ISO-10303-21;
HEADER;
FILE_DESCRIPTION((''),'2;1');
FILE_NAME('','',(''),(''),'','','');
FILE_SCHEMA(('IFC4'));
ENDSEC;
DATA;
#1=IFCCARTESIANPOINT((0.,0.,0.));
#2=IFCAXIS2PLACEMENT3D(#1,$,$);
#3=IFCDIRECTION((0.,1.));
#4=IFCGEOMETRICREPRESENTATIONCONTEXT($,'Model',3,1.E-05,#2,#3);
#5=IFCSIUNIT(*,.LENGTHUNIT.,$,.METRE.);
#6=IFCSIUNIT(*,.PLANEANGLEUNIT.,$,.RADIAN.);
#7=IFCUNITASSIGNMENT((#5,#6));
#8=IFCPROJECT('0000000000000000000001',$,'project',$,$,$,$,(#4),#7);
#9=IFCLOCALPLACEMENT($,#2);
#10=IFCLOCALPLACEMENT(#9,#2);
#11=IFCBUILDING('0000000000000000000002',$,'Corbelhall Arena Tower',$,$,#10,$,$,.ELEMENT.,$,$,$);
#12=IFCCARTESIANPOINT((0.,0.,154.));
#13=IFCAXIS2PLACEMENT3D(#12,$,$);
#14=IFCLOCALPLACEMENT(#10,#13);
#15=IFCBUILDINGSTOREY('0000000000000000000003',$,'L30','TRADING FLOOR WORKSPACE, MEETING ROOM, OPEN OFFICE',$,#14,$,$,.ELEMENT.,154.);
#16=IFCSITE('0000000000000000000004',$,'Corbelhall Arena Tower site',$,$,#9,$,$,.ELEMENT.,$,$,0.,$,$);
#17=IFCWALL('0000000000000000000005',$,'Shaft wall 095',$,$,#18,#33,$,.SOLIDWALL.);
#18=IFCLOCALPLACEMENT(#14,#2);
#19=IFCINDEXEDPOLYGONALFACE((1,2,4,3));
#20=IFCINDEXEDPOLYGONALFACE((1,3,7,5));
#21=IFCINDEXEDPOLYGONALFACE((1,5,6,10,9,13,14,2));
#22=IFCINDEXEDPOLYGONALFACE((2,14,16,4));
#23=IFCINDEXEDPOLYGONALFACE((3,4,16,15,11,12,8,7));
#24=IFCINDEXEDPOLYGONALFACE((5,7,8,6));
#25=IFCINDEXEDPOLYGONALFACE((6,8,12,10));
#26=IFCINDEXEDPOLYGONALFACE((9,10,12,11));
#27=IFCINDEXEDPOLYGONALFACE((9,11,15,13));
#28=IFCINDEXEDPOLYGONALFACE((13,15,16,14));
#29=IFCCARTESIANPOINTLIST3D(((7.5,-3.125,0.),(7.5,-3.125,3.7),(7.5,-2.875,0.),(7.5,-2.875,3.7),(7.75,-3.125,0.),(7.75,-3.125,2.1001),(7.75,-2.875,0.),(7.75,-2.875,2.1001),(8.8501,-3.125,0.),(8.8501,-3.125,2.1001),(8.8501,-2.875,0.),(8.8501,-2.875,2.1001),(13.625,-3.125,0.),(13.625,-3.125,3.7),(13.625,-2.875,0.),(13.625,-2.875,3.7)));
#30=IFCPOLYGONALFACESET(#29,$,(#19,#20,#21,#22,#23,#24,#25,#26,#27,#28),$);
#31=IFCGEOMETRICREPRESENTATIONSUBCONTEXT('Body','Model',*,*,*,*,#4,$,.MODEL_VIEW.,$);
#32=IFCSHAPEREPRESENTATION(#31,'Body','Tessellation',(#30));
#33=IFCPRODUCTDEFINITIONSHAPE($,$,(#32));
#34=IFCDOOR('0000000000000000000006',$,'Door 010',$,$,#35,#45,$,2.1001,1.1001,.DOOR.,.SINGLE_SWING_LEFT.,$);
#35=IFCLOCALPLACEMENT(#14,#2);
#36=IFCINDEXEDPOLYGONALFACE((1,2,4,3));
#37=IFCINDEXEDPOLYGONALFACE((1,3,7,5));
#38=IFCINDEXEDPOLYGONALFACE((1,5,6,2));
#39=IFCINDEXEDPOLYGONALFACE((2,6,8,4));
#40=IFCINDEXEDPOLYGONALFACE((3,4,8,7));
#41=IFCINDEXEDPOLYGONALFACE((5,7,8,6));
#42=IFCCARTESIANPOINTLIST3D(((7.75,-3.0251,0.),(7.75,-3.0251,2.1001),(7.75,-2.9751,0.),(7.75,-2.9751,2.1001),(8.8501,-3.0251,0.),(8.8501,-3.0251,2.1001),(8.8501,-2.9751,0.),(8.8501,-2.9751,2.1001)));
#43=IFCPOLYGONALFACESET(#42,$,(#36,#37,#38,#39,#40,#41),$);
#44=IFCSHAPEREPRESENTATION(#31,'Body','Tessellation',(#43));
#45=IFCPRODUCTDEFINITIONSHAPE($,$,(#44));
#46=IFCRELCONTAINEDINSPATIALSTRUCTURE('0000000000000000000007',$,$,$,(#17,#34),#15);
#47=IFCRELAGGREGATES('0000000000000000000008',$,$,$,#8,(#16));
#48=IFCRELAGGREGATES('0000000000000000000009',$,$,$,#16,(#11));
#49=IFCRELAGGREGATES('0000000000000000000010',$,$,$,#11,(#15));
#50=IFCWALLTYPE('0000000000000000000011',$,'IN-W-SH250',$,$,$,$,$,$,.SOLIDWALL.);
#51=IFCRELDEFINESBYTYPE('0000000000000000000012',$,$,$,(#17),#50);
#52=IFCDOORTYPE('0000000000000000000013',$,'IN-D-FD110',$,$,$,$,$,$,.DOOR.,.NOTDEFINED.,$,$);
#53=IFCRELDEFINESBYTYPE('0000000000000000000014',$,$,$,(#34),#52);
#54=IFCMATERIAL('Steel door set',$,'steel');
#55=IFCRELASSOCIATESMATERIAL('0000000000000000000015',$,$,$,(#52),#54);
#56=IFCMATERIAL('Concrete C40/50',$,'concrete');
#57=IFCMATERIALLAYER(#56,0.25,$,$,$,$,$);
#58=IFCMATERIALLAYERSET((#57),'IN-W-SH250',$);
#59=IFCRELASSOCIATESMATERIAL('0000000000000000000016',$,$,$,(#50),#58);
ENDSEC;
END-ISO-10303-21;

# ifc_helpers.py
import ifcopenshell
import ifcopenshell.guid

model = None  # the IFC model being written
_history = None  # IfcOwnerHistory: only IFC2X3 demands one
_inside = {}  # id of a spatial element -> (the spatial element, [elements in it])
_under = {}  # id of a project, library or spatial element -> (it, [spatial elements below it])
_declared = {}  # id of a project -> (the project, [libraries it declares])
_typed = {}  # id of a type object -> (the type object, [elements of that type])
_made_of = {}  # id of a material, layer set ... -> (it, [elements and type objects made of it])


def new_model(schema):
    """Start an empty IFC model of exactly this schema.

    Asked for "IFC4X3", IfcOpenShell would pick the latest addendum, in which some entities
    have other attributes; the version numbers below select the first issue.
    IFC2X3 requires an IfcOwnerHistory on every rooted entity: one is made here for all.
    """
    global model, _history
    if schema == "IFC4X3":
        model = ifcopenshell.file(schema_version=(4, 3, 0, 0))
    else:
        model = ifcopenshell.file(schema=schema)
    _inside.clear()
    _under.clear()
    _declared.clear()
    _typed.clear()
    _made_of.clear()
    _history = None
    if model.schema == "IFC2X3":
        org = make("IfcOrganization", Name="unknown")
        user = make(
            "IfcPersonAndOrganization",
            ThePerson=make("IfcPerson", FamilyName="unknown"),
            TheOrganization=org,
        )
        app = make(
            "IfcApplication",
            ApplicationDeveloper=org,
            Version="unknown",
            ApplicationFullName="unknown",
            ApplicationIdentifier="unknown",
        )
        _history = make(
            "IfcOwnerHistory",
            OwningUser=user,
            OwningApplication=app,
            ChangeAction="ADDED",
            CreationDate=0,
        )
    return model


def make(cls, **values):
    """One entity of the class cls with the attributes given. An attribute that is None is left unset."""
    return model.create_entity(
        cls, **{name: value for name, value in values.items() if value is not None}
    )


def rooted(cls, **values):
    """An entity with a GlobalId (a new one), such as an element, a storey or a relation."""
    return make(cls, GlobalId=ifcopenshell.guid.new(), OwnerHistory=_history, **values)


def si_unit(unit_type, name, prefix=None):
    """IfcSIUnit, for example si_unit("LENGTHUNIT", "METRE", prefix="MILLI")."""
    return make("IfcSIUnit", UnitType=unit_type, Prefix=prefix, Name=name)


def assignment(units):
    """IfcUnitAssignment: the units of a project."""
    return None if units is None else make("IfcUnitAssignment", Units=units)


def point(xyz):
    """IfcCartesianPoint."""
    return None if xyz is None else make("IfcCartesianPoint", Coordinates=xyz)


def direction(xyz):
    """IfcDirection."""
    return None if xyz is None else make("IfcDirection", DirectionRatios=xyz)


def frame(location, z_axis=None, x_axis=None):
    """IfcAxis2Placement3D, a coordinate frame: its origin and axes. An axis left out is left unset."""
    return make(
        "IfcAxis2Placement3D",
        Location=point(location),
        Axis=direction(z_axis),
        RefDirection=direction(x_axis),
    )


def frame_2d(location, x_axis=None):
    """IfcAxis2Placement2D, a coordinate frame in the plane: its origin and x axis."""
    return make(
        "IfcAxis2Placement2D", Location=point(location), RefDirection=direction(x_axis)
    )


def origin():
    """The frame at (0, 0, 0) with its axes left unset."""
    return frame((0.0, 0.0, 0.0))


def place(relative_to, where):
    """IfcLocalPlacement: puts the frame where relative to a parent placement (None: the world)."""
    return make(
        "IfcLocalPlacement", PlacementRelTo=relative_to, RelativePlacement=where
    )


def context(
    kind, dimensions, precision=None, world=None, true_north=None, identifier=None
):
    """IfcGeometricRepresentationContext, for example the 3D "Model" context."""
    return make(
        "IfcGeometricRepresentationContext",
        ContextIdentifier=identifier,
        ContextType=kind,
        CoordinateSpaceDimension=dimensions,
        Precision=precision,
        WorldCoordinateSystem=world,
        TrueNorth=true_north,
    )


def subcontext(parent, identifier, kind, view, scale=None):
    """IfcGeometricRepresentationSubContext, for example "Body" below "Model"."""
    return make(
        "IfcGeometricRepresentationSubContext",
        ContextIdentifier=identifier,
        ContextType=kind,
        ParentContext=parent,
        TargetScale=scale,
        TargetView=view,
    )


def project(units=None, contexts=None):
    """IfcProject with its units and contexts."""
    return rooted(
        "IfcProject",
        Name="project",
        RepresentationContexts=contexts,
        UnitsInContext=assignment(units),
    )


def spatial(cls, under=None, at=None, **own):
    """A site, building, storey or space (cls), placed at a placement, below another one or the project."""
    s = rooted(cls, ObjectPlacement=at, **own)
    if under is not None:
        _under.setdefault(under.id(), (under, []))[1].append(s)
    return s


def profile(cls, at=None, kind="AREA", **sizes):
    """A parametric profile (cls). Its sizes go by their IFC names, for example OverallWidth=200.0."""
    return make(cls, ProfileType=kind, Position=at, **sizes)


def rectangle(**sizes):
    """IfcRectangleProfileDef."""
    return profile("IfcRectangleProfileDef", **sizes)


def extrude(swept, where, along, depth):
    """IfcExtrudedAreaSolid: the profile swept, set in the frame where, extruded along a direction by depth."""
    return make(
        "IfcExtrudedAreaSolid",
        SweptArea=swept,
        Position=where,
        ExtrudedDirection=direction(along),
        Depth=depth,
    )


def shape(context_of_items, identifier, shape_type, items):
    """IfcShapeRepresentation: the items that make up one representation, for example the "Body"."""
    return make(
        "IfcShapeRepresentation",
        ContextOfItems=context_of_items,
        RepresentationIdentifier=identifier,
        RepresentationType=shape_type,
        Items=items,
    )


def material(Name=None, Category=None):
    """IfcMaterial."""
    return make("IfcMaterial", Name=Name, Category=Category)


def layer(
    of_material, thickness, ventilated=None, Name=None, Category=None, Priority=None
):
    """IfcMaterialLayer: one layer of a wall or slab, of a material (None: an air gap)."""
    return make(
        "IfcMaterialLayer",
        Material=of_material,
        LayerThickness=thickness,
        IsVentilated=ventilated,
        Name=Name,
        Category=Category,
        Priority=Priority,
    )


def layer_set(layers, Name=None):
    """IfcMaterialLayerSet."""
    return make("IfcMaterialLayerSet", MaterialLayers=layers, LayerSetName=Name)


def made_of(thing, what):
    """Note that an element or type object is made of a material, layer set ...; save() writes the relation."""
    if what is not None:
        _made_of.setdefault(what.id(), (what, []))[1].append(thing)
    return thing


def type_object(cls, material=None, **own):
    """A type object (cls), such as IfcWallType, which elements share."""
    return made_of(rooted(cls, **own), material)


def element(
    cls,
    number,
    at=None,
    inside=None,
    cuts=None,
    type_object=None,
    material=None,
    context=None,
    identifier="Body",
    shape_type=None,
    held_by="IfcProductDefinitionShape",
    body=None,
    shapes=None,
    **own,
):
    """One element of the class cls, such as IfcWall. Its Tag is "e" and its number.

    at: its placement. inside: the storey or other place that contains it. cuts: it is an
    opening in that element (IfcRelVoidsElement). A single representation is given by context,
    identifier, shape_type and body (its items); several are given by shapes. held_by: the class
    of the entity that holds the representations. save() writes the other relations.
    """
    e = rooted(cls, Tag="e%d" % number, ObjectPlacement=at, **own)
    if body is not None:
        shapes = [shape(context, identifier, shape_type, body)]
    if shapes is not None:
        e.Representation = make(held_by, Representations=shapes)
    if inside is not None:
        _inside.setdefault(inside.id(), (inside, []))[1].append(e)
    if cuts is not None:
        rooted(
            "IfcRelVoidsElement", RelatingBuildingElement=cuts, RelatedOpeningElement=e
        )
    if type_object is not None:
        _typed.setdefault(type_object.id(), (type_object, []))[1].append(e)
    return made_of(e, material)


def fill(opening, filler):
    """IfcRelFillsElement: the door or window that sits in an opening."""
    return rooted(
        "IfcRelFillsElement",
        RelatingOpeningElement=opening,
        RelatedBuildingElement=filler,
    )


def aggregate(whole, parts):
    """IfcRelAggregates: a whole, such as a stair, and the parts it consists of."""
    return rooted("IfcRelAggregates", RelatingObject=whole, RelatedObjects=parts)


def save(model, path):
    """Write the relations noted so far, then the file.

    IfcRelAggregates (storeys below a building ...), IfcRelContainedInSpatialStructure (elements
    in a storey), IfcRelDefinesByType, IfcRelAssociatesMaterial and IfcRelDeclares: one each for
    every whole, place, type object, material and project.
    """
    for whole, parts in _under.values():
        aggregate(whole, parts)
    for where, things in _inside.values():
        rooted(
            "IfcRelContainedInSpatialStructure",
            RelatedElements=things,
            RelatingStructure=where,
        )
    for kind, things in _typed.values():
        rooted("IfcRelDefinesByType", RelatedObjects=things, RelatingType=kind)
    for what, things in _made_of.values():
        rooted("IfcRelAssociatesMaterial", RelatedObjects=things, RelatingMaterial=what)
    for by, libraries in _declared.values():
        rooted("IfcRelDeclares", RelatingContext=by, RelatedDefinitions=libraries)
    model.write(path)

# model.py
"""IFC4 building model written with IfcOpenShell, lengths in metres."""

from ifc_helpers import new_model, si_unit, direction, frame, frame_2d, origin, place, context, subcontext, project, spatial, rectangle, extrude, material, layer, layer_set, type_object, element, fill, save


model = new_model("IFC4")

# Units and contexts
model_context = context("Model", 3, precision=1e-05, world=origin(), true_north=direction((0.0, 1.0)))
body_context = subcontext(model_context, "Body", "Model", "MODEL_VIEW")
ifc_project = project(units=[si_unit("LENGTHUNIT", "METRE"), si_unit("PLANEANGLEUNIT", "RADIAN")], contexts=[model_context])

# Site, building, storey
site_placement = place(None, origin())
site = spatial("IfcSite", under=ifc_project, at=site_placement, Name="Corbelhall Arena Tower site", CompositionType="ELEMENT", RefElevation=0.0)
building_placement = place(site_placement, origin())
building = spatial("IfcBuilding", under=site, at=building_placement, Name="Corbelhall Arena Tower", CompositionType="ELEMENT")
storey_placement = place(building_placement, frame((0.0, 0.0, 154.0)))
storey = spatial("IfcBuildingStorey", under=building, at=storey_placement, Name="L30", Description="TRADING FLOOR WORKSPACE, MEETING ROOM, OPEN OFFICE", CompositionType="ELEMENT", Elevation=154.0)

# Shared definitions
ifc_material_1 = material(Name="Concrete C40/50", Category="concrete")

# Shared definitions
ifc_material_2 = material(Name="Steel door set", Category="steel")
door_type = type_object("IfcDoorType", Name="IN-D-FD110", OperationType="NOTDEFINED", PredefinedType="DOOR", material=ifc_material_2)

# Wall, opening, door
ifc_layer_1 = layer(ifc_material_1, 0.25)
ifc_layer_set_1 = layer_set([ifc_layer_1], Name="IN-W-SH250")
wall_type_1 = type_object("IfcWallType", Name="IN-W-SH250", PredefinedType="SOLIDWALL", material=ifc_layer_set_1)
wall_1_placement = place(storey_placement, frame((7.5, -3.0, 0.0), z_axis=(0.0, 0.0, 1.0), x_axis=(1.0, 0.0, 0.0)))
wall_1 = element("IfcWall", 1, at=wall_1_placement, inside=storey, type_object=wall_type_1, Name="Shaft wall 095", PredefinedType="SOLIDWALL", context=body_context, shape_type="SweptSolid", body=[
    extrude(rectangle(XDim=6.125, YDim=0.25, at=frame_2d((3.0625, 0.0))), origin(), (0.0, 0.0, 1.0), 3.7),
])
opening_1_placement = place(wall_1_placement, frame((0.25, 0.0, 0.0)))
opening_1 = element("IfcOpeningElement", 2, at=opening_1_placement, cuts=wall_1, PredefinedType="OPENING", context=body_context, shape_type="SweptSolid", body=[
    extrude(rectangle(XDim=1.1001, YDim=2.1001, at=frame_2d((0.55, 1.05))), frame((0.0, 0.125, 0.0), z_axis=(0.0, -1.0, 0.0), x_axis=(1.0, 0.0, 0.0)), (0.0, 0.0, 1.0), 0.25),
])
door_1_placement = place(opening_1_placement, origin())
door_1 = element("IfcDoor", 3, at=door_1_placement, inside=storey, type_object=door_type, Name="Door 010", OperationType="SINGLE_SWING_LEFT", OverallHeight=2.1001, OverallWidth=1.1001, PredefinedType="DOOR", context=body_context, shape_type="SweptSolid", body=[
    extrude(rectangle(XDim=1.1001, YDim=2.1001, at=frame_2d((0.55, 1.05))), frame((0.0, 0.0249, 0.0), z_axis=(0.0, -1.0, 0.0), x_axis=(1.0, 0.0, 0.0)), (0.0, 0.0, 1.0), 0.05),
])
fill(opening_1, door_1)

save(model, "model.ifc")
